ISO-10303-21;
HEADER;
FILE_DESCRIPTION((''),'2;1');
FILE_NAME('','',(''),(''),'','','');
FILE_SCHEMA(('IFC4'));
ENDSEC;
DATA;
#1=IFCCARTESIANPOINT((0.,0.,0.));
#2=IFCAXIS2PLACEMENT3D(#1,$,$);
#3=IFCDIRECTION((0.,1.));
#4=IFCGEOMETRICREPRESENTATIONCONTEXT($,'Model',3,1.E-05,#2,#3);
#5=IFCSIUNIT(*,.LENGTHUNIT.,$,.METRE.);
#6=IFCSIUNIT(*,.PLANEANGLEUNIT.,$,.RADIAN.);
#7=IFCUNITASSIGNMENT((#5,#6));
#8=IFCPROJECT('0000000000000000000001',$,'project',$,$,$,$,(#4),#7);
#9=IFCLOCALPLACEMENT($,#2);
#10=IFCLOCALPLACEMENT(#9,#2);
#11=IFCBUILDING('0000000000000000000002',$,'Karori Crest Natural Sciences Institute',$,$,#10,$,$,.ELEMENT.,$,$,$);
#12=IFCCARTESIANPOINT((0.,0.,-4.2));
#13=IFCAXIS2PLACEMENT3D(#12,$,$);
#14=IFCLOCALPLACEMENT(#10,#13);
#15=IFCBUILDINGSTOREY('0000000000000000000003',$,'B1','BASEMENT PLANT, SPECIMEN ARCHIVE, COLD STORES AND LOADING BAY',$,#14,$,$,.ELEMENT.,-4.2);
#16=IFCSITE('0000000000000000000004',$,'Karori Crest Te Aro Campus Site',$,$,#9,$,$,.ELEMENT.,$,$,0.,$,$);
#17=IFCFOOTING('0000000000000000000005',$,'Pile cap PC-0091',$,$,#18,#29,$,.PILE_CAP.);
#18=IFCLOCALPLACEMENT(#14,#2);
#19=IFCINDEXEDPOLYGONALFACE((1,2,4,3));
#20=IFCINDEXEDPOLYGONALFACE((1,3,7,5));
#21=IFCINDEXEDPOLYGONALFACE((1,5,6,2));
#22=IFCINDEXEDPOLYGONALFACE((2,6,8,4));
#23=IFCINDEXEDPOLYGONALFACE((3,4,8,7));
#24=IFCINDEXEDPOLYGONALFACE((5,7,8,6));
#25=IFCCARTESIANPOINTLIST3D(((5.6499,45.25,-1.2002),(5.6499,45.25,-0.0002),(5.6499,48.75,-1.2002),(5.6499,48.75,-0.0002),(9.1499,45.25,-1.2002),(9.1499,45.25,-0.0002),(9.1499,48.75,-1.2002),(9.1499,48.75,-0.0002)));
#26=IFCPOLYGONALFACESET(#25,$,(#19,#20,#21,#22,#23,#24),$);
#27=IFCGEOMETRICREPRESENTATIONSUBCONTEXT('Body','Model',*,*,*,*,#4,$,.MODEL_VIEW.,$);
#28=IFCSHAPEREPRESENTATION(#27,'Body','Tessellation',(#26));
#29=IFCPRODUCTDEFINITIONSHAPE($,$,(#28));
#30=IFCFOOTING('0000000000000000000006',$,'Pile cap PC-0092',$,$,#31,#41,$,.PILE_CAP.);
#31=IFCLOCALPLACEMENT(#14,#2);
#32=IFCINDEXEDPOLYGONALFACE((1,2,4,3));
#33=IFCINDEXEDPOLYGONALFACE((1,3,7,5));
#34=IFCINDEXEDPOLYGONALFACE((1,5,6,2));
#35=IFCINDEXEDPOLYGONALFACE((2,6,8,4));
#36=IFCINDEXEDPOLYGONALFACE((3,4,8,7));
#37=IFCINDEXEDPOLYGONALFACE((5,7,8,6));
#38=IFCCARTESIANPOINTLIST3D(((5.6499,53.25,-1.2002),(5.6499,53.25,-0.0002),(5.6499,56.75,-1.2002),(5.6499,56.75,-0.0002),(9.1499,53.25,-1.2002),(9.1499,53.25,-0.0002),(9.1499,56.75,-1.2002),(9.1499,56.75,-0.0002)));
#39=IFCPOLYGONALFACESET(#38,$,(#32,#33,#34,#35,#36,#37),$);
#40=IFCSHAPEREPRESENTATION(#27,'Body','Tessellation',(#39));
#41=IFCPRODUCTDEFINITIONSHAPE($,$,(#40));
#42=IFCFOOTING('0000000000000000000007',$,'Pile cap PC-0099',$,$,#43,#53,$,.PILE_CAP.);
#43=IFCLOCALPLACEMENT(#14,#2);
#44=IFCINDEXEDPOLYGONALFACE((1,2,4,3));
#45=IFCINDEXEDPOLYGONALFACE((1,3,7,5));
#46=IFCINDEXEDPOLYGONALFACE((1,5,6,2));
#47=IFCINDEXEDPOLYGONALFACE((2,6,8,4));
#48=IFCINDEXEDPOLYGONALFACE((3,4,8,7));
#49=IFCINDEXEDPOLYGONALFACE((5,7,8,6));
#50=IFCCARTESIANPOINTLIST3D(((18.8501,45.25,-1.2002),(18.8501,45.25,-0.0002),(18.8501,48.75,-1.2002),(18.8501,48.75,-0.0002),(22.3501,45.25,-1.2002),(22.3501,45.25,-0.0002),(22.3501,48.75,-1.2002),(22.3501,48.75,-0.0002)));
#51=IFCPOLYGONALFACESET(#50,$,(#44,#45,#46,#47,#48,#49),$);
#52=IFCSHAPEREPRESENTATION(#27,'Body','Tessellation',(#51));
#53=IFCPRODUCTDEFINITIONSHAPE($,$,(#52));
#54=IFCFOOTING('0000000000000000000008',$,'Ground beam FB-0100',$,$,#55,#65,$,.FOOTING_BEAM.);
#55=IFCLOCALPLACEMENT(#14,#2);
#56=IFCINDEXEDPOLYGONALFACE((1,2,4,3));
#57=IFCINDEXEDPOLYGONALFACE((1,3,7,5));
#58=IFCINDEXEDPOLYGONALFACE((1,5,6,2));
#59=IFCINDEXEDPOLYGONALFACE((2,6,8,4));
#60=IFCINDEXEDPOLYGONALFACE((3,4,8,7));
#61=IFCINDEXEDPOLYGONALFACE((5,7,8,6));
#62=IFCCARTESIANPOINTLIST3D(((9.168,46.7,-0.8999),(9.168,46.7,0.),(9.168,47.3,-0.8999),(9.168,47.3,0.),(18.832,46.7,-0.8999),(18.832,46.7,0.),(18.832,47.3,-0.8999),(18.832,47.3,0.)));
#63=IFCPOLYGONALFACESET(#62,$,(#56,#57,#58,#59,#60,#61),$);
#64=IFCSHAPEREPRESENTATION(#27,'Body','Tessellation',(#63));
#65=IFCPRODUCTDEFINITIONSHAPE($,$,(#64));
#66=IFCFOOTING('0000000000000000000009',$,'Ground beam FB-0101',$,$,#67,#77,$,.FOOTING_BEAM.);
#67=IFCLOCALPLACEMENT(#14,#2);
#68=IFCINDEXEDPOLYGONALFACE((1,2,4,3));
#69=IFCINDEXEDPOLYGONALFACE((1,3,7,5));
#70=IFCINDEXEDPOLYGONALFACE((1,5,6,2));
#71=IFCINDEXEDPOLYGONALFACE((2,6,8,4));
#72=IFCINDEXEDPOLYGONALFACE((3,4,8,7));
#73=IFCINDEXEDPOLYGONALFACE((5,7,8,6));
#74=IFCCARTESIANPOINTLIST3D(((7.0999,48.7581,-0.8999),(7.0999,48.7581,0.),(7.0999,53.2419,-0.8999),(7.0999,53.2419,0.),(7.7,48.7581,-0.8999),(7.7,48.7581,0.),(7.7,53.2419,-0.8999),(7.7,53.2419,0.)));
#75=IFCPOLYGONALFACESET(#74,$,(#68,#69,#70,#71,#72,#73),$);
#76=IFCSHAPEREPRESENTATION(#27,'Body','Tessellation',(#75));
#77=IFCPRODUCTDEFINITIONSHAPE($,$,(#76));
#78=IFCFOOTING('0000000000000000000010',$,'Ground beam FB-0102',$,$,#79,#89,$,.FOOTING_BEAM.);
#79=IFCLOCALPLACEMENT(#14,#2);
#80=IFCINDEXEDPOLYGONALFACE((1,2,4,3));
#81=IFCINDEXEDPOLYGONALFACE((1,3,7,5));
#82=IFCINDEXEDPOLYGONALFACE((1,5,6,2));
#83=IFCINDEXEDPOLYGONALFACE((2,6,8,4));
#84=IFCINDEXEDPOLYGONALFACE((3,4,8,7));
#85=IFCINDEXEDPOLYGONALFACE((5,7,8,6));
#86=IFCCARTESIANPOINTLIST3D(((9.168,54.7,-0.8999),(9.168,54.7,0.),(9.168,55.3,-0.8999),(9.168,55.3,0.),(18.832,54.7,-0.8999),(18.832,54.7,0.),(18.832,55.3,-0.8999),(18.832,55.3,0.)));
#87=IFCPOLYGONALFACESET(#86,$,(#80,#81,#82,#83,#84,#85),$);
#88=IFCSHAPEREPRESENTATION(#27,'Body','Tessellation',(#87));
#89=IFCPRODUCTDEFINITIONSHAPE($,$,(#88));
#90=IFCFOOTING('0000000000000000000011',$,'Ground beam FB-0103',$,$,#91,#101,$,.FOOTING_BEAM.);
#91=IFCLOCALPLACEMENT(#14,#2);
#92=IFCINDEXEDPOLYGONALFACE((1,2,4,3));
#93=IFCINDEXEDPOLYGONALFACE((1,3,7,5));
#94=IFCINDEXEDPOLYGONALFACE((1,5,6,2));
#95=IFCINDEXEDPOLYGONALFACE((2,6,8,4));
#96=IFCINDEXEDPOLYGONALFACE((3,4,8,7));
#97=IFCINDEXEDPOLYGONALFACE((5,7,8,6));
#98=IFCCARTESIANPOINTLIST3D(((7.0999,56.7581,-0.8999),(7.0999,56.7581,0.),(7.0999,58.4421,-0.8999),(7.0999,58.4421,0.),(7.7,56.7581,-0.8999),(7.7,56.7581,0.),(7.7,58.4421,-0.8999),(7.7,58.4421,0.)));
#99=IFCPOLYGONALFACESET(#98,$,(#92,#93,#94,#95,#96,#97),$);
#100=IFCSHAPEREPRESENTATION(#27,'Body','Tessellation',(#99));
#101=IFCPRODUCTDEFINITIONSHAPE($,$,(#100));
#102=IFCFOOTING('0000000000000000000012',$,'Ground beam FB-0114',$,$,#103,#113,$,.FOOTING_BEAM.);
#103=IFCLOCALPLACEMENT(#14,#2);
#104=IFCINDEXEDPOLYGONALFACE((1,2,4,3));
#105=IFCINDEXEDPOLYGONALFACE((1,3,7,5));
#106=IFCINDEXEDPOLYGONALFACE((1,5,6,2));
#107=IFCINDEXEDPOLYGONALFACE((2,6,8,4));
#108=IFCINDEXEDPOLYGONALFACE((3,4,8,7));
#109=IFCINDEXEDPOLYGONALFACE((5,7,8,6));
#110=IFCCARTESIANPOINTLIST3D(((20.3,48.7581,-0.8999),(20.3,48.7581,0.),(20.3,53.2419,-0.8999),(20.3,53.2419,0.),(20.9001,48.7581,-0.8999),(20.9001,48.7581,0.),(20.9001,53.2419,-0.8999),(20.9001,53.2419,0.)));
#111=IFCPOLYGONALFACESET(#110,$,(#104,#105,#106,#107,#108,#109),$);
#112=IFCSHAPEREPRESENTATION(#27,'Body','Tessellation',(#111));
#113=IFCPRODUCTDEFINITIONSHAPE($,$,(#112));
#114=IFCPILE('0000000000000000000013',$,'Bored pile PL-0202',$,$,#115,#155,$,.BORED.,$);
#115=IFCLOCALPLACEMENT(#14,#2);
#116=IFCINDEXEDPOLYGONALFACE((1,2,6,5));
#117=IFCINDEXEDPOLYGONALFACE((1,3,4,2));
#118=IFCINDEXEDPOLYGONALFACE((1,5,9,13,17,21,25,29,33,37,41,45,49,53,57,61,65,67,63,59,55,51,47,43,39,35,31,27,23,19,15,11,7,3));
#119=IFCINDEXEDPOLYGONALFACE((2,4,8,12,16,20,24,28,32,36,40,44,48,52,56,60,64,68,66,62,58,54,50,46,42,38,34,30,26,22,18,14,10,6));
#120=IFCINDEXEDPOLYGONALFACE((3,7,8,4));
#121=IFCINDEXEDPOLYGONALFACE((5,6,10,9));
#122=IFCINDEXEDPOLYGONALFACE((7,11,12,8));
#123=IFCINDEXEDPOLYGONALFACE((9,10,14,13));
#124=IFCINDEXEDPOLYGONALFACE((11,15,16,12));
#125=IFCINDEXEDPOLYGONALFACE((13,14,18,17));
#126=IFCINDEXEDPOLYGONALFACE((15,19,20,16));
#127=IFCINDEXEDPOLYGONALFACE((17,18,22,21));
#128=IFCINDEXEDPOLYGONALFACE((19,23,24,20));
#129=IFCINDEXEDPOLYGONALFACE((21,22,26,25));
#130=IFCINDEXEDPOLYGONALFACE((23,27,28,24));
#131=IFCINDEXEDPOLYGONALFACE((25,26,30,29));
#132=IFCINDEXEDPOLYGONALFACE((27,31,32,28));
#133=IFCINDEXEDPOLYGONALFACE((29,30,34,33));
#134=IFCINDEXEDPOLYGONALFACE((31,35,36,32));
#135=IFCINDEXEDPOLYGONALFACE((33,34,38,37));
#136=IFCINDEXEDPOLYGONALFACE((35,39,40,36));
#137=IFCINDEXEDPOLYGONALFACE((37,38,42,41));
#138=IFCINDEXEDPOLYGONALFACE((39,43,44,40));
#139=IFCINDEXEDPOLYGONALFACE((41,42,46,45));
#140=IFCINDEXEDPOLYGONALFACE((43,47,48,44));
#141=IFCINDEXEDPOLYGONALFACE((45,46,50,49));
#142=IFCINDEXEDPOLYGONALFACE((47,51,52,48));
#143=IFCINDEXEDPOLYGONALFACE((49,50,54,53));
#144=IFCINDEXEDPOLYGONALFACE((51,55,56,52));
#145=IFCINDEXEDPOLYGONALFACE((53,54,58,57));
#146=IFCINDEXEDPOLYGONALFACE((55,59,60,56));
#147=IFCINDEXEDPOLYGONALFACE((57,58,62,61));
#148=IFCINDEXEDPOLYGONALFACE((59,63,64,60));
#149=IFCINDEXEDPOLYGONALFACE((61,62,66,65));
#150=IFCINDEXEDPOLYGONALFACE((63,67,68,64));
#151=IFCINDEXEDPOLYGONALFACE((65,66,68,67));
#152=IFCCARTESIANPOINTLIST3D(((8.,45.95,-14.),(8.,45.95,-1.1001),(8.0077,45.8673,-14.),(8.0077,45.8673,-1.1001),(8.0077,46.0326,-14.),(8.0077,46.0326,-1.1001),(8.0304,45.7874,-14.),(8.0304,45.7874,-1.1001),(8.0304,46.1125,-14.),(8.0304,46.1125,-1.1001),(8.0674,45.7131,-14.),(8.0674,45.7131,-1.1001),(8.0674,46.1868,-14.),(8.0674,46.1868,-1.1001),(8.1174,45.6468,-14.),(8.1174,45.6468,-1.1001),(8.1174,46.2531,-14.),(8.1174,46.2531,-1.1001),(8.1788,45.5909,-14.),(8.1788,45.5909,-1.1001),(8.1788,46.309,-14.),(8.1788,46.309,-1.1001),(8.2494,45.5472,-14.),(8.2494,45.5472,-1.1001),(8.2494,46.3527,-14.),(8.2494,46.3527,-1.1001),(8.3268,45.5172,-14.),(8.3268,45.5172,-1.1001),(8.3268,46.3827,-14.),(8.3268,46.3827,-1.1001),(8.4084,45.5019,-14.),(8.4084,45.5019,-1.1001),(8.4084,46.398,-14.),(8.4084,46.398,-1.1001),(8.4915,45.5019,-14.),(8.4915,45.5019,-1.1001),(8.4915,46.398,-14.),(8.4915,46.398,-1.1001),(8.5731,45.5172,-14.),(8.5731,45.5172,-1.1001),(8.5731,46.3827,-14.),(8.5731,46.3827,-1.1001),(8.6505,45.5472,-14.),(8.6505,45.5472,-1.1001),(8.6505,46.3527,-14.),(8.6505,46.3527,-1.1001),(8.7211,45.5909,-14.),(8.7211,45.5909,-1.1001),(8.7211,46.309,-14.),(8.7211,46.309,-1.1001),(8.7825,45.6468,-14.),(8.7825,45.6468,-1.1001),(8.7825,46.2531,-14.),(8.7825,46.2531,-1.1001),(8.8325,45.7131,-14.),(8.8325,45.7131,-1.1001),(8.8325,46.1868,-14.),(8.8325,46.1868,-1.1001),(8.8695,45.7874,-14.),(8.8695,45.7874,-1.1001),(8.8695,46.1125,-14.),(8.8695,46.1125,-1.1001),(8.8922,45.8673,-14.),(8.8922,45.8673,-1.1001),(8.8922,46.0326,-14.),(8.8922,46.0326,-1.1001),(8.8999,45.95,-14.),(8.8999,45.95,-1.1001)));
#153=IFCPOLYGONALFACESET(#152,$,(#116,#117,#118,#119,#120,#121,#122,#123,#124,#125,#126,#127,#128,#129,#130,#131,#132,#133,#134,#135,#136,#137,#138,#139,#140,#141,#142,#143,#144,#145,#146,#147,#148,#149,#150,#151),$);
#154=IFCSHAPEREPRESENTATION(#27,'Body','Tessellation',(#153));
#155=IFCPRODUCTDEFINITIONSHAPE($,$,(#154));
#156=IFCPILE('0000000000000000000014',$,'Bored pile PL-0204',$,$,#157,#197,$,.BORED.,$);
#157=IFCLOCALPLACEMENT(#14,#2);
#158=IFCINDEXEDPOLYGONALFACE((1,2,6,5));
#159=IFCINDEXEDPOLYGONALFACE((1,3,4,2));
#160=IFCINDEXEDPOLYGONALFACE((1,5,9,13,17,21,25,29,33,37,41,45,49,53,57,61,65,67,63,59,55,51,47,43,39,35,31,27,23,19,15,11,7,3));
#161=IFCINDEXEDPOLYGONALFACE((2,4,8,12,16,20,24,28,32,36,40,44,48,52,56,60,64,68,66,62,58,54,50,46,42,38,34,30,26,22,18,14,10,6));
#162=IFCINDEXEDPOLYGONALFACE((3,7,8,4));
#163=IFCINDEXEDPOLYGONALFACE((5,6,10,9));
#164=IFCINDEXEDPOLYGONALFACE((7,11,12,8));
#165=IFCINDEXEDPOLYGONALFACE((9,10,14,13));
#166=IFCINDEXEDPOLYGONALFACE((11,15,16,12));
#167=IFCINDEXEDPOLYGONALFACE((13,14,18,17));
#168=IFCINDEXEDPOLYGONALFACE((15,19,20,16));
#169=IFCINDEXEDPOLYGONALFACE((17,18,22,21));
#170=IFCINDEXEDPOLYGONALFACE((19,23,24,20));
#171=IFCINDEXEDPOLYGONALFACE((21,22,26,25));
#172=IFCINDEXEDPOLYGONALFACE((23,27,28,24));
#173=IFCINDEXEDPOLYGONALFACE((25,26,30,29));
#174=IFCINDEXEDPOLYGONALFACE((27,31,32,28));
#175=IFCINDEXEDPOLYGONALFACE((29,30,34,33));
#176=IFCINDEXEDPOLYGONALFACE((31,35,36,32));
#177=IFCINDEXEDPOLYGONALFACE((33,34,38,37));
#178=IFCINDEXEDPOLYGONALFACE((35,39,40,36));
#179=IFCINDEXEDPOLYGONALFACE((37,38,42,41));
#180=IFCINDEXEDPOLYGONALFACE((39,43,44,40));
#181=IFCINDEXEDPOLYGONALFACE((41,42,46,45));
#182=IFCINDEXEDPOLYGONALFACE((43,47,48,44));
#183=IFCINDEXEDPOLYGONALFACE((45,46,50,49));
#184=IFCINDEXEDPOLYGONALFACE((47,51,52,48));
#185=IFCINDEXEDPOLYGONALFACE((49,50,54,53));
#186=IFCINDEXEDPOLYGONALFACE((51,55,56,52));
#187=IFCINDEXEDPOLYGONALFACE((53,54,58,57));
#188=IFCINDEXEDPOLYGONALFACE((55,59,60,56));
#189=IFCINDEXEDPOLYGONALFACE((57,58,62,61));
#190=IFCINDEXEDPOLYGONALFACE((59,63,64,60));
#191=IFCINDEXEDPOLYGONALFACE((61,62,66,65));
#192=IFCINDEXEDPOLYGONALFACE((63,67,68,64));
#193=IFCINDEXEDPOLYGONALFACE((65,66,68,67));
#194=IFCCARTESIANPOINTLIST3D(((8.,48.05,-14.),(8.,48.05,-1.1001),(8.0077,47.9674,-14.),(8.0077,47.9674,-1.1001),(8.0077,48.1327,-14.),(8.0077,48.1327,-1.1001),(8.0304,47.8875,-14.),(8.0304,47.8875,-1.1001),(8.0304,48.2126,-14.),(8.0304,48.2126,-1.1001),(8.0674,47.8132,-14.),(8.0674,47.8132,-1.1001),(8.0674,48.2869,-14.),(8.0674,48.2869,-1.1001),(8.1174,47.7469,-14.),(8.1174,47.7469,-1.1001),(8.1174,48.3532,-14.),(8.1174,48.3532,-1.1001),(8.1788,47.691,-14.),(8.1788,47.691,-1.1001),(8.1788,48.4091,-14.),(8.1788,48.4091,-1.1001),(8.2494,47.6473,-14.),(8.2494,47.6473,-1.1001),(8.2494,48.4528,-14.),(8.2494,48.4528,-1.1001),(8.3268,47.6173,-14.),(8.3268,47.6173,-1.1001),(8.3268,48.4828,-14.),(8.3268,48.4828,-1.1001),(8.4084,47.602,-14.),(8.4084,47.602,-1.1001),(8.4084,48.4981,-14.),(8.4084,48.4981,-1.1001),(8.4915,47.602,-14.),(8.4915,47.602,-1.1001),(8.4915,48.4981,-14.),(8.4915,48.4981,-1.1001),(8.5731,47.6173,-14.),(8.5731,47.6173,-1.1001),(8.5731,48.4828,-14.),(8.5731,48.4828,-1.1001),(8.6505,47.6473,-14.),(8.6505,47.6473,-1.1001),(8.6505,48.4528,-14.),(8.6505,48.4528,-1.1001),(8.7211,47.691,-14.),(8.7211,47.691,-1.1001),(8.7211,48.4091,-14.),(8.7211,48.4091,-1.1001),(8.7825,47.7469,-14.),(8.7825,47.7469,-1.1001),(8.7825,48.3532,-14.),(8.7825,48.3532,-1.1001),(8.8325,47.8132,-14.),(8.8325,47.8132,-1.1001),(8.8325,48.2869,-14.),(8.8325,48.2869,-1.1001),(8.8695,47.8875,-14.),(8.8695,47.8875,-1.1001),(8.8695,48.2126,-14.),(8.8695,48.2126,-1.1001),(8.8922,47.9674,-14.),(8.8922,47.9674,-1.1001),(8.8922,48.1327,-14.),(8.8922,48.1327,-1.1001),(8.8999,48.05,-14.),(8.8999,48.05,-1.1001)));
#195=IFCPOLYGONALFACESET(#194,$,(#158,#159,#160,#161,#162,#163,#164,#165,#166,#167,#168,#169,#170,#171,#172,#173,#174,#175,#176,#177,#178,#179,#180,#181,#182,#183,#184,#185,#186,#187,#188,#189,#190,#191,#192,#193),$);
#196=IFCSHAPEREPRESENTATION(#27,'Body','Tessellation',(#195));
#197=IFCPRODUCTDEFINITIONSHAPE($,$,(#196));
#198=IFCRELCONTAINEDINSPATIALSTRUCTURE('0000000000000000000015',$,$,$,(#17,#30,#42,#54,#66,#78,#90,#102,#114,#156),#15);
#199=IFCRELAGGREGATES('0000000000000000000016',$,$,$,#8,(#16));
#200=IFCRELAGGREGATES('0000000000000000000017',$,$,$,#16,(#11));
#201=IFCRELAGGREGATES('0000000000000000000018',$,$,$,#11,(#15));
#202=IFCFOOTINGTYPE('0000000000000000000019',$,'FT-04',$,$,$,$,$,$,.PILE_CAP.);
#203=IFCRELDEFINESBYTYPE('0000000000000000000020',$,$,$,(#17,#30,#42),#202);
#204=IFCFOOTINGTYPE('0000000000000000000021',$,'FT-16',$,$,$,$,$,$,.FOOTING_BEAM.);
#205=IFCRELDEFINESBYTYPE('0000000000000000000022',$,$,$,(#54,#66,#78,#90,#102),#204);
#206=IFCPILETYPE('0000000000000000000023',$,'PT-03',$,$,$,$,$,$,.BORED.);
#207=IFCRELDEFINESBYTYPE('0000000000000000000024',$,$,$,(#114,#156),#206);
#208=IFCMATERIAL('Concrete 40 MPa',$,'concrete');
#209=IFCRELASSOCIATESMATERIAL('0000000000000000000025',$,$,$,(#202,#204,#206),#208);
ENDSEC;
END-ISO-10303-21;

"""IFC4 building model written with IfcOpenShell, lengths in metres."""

from ifc_helpers import new_model, si_unit, direction, frame, origin, origin_2d, place, context, subcontext, project, spatial, rectangle, circle, extrude, material, material_profile, profile_set, type_object, element, save


model = new_model("IFC4")

# Units and contexts
model_context = context("Model", 3, precision=1e-05, world=origin(), true_north=direction((0.0, 1.0)))
body_context = subcontext(model_context, "Body", "Model", "MODEL_VIEW")
ifc_project = project(units=[si_unit("LENGTHUNIT", "METRE"), si_unit("PLANEANGLEUNIT", "RADIAN")], contexts=[model_context])

# Site, building, storey
site_placement = place(None, origin())
site = spatial("IfcSite", under=ifc_project, at=site_placement, Name="Karori Crest Te Aro Campus Site", CompositionType="ELEMENT", RefElevation=0.0)
building_placement = place(site_placement, origin())
building = spatial("IfcBuilding", under=site, at=building_placement, Name="Karori Crest Natural Sciences Institute", CompositionType="ELEMENT")
storey_placement = place(building_placement, frame((0.0, 0.0, -4.2)))
storey = spatial("IfcBuildingStorey", under=building, at=storey_placement, Name="B1", Description="BASEMENT PLANT, SPECIMEN ARCHIVE, COLD STORES AND LOADING BAY", CompositionType="ELEMENT", Elevation=-4.2)

# Footings
ifc_material_1 = material(Name="Concrete 40 MPa", Category="concrete")
footing_type_1 = type_object("IfcFootingType", Name="FT-04", PredefinedType="PILE_CAP", material=ifc_material_1)
for number, where, z_axis, x_axis, name in (
    (1, (7.3999, 47.0, -1.2002), (0.0, 0.0, 1.0), (1.0, 0.0, 0.0), "Pile cap PC-0091"),
    (2, (7.3999, 55.0, -1.2002), (0.0, 0.0, 1.0), (1.0, 0.0, 0.0), "Pile cap PC-0092"),
    (3, (20.6001, 47.0, -1.2002), (0.0, 0.0, 1.0), (1.0, 0.0, 0.0), "Pile cap PC-0099"),
):
    element("IfcFooting", number, at=place(storey_placement, frame(where, z_axis=z_axis, x_axis=x_axis)), inside=storey, type_object=footing_type_1, Name=name, PredefinedType="PILE_CAP", context=body_context, shape_type="SweptSolid", body=[
        extrude(rectangle(XDim=3.5, YDim=3.5, at=origin_2d()), origin(), (0.0, 0.0, 1.0), 1.2),
    ])
footing_type_2 = type_object("IfcFootingType", Name="FT-16", PredefinedType="FOOTING_BEAM", material=ifc_material_1)
footing_1_placement = place(storey_placement, frame((14.0, 47.0, -0.8999), z_axis=(0.0, 0.0, 1.0), x_axis=(1.0, 0.0, 0.0)))
element("IfcFooting", 4, at=footing_1_placement, inside=storey, type_object=footing_type_2, Name="Ground beam FB-0100", PredefinedType="FOOTING_BEAM", context=body_context, shape_type="SweptSolid", body=[
    extrude(rectangle(XDim=9.6641, YDim=0.6001, at=origin_2d()), origin(), (0.0, 0.0, 1.0), 0.8999),
])
footing_2_placement = place(storey_placement, frame((7.3999, 51.0, -0.8999), z_axis=(0.0, 0.0, 1.0), x_axis=(0.0, 1.0, 0.0)))
element("IfcFooting", 5, at=footing_2_placement, inside=storey, type_object=footing_type_2, Name="Ground beam FB-0101", PredefinedType="FOOTING_BEAM", context=body_context, shape_type="SweptSolid", body=[
    extrude(rectangle(XDim=4.4839, YDim=0.6001, at=origin_2d()), origin(), (0.0, 0.0, 1.0), 0.8999),
])
footing_3_placement = place(storey_placement, frame((14.0, 55.0, -0.8999), z_axis=(0.0, 0.0, 1.0), x_axis=(1.0, 0.0, 0.0)))
element("IfcFooting", 6, at=footing_3_placement, inside=storey, type_object=footing_type_2, Name="Ground beam FB-0102", PredefinedType="FOOTING_BEAM", context=body_context, shape_type="SweptSolid", body=[
    extrude(rectangle(XDim=9.6641, YDim=0.6001, at=origin_2d()), origin(), (0.0, 0.0, 1.0), 0.8999),
])
footing_4_placement = place(storey_placement, frame((7.3999, 57.6001, -0.8999), z_axis=(0.0, 0.0, 1.0), x_axis=(0.0, 1.0, 0.0)))
element("IfcFooting", 7, at=footing_4_placement, inside=storey, type_object=footing_type_2, Name="Ground beam FB-0103", PredefinedType="FOOTING_BEAM", context=body_context, shape_type="SweptSolid", body=[
    extrude(rectangle(XDim=1.6841, YDim=0.6001, at=origin_2d()), origin(), (0.0, 0.0, 1.0), 0.8999),
])
footing_5_placement = place(storey_placement, frame((20.6001, 51.0, -0.8999), z_axis=(0.0, 0.0, 1.0), x_axis=(0.0, 1.0, 0.0)))
element("IfcFooting", 8, at=footing_5_placement, inside=storey, type_object=footing_type_2, Name="Ground beam FB-0114", PredefinedType="FOOTING_BEAM", context=body_context, shape_type="SweptSolid", body=[
    extrude(rectangle(XDim=4.4839, YDim=0.6001, at=origin_2d()), origin(), (0.0, 0.0, 1.0), 0.8999),
])

# Piles
ifc_material_profile_1 = material_profile(ifc_material_1, circle(Radius=0.45, at=origin_2d()), Name="PILE900")
ifc_profile_set_1 = profile_set([ifc_material_profile_1], Name="Concrete 40 MPa")
pile_type = type_object("IfcPileType", Name="PT-03", PredefinedType="BORED", material=ifc_profile_set_1)
for number, where, z_axis, x_axis, name in (
    (9, (8.45, 45.95, -1.1001), (0.0, 0.0, -1.0), (1.0, 0.0, 0.0), "Bored pile PL-0202"),
    (10, (8.45, 48.05, -1.1001), (0.0, 0.0, -1.0), (1.0, 0.0, 0.0), "Bored pile PL-0204"),
):
    element("IfcPile", number, at=place(storey_placement, frame(where, z_axis=z_axis, x_axis=x_axis)), inside=storey, type_object=pile_type, Name=name, PredefinedType="BORED", context=body_context, shape_type="SweptSolid", body=[
        extrude(circle(Radius=0.45, at=origin_2d()), origin(), (0.0, 0.0, 1.0), 12.8999),
    ])

save(model, "model.ifc")
